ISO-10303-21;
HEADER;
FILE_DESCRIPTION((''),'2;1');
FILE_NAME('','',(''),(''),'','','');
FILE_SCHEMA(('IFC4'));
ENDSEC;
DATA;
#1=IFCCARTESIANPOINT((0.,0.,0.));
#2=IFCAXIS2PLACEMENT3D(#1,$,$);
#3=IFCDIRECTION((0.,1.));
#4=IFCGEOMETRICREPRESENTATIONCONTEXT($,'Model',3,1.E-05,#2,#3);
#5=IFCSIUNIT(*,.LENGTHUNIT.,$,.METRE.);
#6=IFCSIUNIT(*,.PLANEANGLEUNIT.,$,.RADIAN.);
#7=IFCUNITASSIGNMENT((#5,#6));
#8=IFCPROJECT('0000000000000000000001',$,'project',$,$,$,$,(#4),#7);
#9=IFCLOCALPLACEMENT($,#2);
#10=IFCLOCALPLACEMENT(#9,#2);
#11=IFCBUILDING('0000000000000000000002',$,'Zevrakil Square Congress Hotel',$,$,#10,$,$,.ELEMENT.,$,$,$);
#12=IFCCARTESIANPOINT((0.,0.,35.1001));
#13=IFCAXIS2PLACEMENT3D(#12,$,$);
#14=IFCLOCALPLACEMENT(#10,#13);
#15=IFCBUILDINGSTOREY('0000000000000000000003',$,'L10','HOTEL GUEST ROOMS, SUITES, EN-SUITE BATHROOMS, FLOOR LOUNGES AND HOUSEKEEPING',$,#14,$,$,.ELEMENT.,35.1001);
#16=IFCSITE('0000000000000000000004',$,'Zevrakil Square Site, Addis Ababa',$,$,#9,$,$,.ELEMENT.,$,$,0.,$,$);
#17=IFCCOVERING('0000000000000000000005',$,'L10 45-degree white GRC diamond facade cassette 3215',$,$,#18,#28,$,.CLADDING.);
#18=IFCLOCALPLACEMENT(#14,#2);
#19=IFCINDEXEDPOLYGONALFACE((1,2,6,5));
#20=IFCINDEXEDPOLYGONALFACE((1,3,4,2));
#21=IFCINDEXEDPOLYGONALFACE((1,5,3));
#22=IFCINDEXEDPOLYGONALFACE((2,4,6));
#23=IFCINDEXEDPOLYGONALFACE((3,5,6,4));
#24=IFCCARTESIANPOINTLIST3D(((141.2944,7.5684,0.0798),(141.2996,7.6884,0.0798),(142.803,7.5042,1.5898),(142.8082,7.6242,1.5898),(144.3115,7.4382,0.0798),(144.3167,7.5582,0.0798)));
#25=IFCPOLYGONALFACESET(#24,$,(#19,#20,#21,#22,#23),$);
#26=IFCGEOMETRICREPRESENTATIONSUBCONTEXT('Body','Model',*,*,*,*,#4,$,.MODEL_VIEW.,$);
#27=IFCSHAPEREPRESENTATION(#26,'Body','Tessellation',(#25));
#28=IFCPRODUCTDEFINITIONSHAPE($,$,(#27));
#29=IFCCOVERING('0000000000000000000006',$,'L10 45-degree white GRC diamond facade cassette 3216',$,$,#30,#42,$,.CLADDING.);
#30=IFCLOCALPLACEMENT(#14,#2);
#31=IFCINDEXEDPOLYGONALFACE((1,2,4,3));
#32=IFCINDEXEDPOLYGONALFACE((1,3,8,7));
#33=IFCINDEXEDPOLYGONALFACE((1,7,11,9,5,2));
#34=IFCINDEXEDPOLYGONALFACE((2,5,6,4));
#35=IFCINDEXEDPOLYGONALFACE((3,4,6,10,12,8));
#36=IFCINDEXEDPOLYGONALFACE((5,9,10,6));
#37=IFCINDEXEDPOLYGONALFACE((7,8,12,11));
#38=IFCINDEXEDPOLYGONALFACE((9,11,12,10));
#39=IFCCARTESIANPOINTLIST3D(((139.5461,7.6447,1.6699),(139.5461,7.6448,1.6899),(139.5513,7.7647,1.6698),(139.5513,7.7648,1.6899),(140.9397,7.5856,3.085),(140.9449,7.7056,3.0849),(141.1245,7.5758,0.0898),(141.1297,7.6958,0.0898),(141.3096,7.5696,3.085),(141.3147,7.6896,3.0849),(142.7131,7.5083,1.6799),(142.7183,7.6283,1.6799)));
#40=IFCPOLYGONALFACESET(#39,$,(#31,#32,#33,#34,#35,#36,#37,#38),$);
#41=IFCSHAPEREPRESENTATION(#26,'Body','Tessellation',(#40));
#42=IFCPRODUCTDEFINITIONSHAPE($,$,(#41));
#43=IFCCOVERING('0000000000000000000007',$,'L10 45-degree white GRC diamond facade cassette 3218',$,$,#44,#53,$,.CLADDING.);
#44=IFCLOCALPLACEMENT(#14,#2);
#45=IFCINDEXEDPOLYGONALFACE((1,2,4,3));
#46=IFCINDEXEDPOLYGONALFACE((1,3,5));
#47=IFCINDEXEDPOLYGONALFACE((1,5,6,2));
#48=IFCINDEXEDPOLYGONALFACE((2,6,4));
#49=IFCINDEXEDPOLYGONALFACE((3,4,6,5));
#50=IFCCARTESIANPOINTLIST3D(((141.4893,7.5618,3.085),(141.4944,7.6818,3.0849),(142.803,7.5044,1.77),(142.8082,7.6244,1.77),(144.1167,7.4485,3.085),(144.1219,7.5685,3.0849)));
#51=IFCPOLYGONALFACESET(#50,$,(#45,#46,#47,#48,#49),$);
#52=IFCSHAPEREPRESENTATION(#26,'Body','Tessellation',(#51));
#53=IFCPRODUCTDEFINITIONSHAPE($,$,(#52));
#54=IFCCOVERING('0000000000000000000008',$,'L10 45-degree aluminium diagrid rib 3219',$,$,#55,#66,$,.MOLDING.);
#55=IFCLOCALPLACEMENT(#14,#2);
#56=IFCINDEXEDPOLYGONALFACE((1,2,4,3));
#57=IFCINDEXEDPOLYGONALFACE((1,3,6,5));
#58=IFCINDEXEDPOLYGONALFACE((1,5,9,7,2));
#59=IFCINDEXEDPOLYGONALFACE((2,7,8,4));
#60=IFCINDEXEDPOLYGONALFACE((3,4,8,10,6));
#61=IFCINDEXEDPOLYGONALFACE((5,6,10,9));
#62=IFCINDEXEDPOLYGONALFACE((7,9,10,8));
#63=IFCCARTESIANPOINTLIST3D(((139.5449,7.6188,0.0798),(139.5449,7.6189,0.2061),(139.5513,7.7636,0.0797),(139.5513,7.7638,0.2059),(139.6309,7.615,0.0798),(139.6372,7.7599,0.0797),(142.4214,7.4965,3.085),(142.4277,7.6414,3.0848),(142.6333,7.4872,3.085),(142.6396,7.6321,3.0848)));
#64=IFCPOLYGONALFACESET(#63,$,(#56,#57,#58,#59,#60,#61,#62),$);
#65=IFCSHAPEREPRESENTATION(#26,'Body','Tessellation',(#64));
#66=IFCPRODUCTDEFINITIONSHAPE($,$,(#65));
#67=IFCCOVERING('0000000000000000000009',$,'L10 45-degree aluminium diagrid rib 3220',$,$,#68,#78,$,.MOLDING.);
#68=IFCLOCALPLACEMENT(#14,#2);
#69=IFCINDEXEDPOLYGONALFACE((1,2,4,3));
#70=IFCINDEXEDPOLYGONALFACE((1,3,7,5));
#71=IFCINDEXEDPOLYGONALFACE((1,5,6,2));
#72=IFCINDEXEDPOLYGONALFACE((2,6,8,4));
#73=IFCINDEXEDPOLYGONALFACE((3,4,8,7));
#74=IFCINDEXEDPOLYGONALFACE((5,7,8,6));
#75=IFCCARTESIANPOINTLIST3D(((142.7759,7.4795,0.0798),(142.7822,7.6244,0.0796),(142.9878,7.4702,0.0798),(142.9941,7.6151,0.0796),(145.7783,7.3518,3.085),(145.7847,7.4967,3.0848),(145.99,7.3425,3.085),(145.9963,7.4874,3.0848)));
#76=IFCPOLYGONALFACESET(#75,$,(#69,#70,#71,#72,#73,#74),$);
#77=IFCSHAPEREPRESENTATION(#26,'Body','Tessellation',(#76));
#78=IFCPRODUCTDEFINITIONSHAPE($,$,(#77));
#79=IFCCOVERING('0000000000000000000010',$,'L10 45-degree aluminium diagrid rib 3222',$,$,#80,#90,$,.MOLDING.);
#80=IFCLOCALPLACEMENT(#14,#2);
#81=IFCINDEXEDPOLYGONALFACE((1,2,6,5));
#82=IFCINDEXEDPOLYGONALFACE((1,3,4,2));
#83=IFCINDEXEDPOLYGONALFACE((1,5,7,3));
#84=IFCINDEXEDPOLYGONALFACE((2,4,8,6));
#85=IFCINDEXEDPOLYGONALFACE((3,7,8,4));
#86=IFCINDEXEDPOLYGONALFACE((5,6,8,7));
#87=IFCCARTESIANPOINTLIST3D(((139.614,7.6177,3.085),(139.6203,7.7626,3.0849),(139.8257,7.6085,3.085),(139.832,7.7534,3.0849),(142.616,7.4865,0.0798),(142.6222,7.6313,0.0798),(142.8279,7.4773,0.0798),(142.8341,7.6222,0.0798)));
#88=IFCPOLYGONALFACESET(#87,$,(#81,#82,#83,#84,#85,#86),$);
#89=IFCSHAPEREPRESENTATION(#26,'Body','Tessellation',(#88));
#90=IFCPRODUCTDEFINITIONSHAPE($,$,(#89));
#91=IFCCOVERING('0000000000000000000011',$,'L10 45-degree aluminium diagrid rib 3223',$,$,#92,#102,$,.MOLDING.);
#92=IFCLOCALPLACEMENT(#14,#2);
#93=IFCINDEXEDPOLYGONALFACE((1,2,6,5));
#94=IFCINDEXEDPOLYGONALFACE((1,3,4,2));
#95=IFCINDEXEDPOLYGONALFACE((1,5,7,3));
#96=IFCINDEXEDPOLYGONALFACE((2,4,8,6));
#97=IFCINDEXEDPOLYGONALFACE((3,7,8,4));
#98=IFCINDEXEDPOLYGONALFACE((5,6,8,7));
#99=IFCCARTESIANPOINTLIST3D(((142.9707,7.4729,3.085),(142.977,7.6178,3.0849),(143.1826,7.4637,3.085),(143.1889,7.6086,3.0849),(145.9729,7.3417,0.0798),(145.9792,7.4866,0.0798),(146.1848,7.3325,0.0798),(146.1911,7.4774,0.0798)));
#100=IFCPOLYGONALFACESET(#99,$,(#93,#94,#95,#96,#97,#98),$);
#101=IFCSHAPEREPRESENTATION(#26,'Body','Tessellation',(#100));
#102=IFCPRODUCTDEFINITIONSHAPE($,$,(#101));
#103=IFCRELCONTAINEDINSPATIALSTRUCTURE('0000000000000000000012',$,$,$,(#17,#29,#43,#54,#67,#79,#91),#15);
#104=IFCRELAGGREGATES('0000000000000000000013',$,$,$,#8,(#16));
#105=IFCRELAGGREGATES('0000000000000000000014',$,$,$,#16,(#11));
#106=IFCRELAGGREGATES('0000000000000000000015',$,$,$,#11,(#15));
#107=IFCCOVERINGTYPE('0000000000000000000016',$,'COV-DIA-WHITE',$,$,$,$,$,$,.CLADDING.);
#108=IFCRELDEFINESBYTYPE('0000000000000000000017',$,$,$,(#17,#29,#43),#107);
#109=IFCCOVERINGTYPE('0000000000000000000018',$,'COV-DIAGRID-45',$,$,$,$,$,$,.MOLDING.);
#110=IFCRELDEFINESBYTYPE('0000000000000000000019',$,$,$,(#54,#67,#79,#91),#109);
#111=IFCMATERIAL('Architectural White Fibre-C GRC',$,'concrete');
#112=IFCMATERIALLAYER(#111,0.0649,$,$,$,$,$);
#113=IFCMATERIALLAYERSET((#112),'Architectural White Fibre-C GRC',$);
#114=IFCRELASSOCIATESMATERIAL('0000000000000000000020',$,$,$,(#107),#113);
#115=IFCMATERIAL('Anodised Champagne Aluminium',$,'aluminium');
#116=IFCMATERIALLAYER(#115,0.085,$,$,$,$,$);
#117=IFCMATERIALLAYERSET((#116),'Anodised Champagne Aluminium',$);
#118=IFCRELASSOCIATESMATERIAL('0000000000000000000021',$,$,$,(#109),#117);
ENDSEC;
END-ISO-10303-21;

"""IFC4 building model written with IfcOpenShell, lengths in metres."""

from ifc_helpers import new_model, si_unit, direction, frame, origin, place, context, subcontext, project, spatial, polyline, outline, extrude, material, layer, layer_set, type_object, element, save


model = new_model("IFC4")

# Units and contexts
model_context = context("Model", 3, precision=1e-05, world=origin(), true_north=direction((0.0, 1.0)))
body_context = subcontext(model_context, "Body", "Model", "MODEL_VIEW")
ifc_project = project(units=[si_unit("LENGTHUNIT", "METRE"), si_unit("PLANEANGLEUNIT", "RADIAN")], contexts=[model_context])

# Site, building, storey
site_placement = place(None, origin())
site = spatial("IfcSite", under=ifc_project, at=site_placement, Name="Zevrakil Square Site, Addis Ababa", CompositionType="ELEMENT", RefElevation=0.0)
building_placement = place(site_placement, origin())
building = spatial("IfcBuilding", under=site, at=building_placement, Name="Zevrakil Square Congress Hotel", CompositionType="ELEMENT")
storey_placement = place(building_placement, frame((0.0, 0.0, 35.1001)))
storey = spatial("IfcBuildingStorey", under=building, at=storey_placement, Name="L10", Description="HOTEL GUEST ROOMS, SUITES, EN-SUITE BATHROOMS, FLOOR LOUNGES AND HOUSEKEEPING", CompositionType="ELEMENT", Elevation=35.1001)

# Coverings
ifc_material_1 = material(Name="Architectural White Fibre-C GRC", Category="concrete")
ifc_layer_1 = layer(ifc_material_1, 0.0649)
ifc_layer_set_1 = layer_set([ifc_layer_1], Name="Architectural White Fibre-C GRC")
covering_type_1 = type_object("IfcCoveringType", Name="COV-DIA-WHITE", PredefinedType="CLADDING", material=ifc_layer_set_1)
covering_1_placement = place(storey_placement, frame((142.803, 7.5042, 1.5898), z_axis=(-0.04309, -0.999071, 0.000565), x_axis=(0.706427, -0.030868, -0.707113)))
element("IfcCovering", 1, at=covering_1_placement, inside=storey, type_object=covering_type_1, Name="L10 45-degree white GRC diamond facade cassette 3215", PredefinedType="CLADDING", context=body_context, shape_type="SweptSolid", body=[
    extrude(outline(polyline([(0.0, 0.0), (2.1355, 0.0), (0.0001, -2.1354), (0.0, 0.0)])), origin(), (0.0, 0.0, -1.0), 0.1201),
])
covering_2_placement = place(storey_placement, frame((142.7131, 7.5083, 1.6799), z_axis=(-0.043043, -0.999073, 0.000607), x_axis=(-0.706462, 0.030007, -0.707115)))
element("IfcCovering", 2, at=covering_2_placement, inside=storey, type_object=covering_type_1, Name="L10 45-degree white GRC diamond facade cassette 3216", PredefinedType="CLADDING", context=body_context, shape_type="SweptSolid", body=[
    extrude(outline(polyline([(0.0, 0.0), (2.2487, 0.0), (2.2485, -2.2344), (2.2344, -2.2486), (0.2617, -2.2487), (-0.0001, -1.9869), (0.0, 0.0)])), origin(), (0.0, 0.0, -1.0), 0.1201),
])
covering_3_placement = place(storey_placement, frame((142.803, 7.5044, 1.77), z_axis=(-0.043075, -0.999072, 0.000556), x_axis=(-0.706442, 0.030852, 0.707098)))
element("IfcCovering", 3, at=covering_3_placement, inside=storey, type_object=covering_type_1, Name="L10 45-degree white GRC diamond facade cassette 3218", PredefinedType="CLADDING", context=body_context, shape_type="SweptSolid", body=[
    extrude(outline(polyline([(0.0, 0.0), (1.8596, 0.0), (0.0, -1.8596), (0.0, 0.0)])), origin(), (0.0, 0.0, -1.0), 0.1201),
])
ifc_material_2 = material(Name="Anodised Champagne Aluminium", Category="aluminium")
ifc_layer_2 = layer(ifc_material_2, 0.085)
ifc_layer_set_2 = layer_set([ifc_layer_2], Name="Anodised Champagne Aluminium")
covering_type_2 = type_object("IfcCoveringType", Name="COV-DIAGRID-45", PredefinedType="MOLDING", material=ifc_layer_set_2)
covering_4_placement = place(storey_placement, frame((139.6309, 7.615, 0.0798), z_axis=(-0.043718, -0.999043, 0.001208), x_axis=(-0.999044, 0.043718, 0.000002)))
element("IfcCovering", 4, at=covering_4_placement, inside=storey, type_object=covering_type_2, Name="L10 45-degree aluminium diagrid rib 3219", PredefinedType="MOLDING", context=body_context, shape_type="SweptSolid", body=[
    extrude(outline(polyline([(0.0, 0.0), (0.086, 0.0), (0.086, -0.1262), (-2.793, -3.0051), (-3.0051, -3.0051), (0.0, 0.0)])), origin(), (0.0, 0.0, -1.0), 0.145),
])
covering_5_placement = place(storey_placement, frame((142.9878, 7.4702, 0.0798), z_axis=(-0.043762, -0.999041, 0.001273), x_axis=(-0.999042, 0.043762, 0.0)))
element("IfcCovering", 5, at=covering_5_placement, inside=storey, type_object=covering_type_2, Name="L10 45-degree aluminium diagrid rib 3220", PredefinedType="MOLDING", context=body_context, shape_type="SweptSolid", body=[
    extrude(outline(polyline([(0.0, 0.0), (0.2121, 0.0), (-2.793, -3.0051), (-3.0049, -3.0051), (0.0, 0.0)])), origin(), (0.0, 0.0, -1.0), 0.145),
])
covering_6_placement = place(storey_placement, frame((139.614, 7.6177, 3.085), z_axis=(-0.043187, -0.999067, 0.000483), x_axis=(0.999067, -0.043187, 0.0)))
element("IfcCovering", 6, at=covering_6_placement, inside=storey, type_object=covering_type_2, Name="L10 45-degree aluminium diagrid rib 3222", PredefinedType="MOLDING", context=body_context, shape_type="SweptSolid", body=[
    extrude(outline(polyline([(0.0, 0.0), (0.2119, 0.0), (3.2169, -3.0051), (3.0048, -3.0051), (0.0, 0.0)])), origin(), (0.0, 0.0, -1.0), 0.145),
])
covering_7_placement = place(storey_placement, frame((142.9707, 7.4729, 3.085), z_axis=(-0.043162, -0.999068, 0.000506), x_axis=(0.999068, -0.043163, 0.0)))
element("IfcCovering", 7, at=covering_7_placement, inside=storey, type_object=covering_type_2, Name="L10 45-degree aluminium diagrid rib 3223", PredefinedType="MOLDING", context=body_context, shape_type="SweptSolid", body=[
    extrude(outline(polyline([(0.0, 0.0), (0.2121, 0.0), (3.2172, -3.0051), (3.0051, -3.0051), (0.0, 0.0)])), origin(), (0.0, 0.0, -1.0), 0.145),
])

save(model, "model.ifc")
